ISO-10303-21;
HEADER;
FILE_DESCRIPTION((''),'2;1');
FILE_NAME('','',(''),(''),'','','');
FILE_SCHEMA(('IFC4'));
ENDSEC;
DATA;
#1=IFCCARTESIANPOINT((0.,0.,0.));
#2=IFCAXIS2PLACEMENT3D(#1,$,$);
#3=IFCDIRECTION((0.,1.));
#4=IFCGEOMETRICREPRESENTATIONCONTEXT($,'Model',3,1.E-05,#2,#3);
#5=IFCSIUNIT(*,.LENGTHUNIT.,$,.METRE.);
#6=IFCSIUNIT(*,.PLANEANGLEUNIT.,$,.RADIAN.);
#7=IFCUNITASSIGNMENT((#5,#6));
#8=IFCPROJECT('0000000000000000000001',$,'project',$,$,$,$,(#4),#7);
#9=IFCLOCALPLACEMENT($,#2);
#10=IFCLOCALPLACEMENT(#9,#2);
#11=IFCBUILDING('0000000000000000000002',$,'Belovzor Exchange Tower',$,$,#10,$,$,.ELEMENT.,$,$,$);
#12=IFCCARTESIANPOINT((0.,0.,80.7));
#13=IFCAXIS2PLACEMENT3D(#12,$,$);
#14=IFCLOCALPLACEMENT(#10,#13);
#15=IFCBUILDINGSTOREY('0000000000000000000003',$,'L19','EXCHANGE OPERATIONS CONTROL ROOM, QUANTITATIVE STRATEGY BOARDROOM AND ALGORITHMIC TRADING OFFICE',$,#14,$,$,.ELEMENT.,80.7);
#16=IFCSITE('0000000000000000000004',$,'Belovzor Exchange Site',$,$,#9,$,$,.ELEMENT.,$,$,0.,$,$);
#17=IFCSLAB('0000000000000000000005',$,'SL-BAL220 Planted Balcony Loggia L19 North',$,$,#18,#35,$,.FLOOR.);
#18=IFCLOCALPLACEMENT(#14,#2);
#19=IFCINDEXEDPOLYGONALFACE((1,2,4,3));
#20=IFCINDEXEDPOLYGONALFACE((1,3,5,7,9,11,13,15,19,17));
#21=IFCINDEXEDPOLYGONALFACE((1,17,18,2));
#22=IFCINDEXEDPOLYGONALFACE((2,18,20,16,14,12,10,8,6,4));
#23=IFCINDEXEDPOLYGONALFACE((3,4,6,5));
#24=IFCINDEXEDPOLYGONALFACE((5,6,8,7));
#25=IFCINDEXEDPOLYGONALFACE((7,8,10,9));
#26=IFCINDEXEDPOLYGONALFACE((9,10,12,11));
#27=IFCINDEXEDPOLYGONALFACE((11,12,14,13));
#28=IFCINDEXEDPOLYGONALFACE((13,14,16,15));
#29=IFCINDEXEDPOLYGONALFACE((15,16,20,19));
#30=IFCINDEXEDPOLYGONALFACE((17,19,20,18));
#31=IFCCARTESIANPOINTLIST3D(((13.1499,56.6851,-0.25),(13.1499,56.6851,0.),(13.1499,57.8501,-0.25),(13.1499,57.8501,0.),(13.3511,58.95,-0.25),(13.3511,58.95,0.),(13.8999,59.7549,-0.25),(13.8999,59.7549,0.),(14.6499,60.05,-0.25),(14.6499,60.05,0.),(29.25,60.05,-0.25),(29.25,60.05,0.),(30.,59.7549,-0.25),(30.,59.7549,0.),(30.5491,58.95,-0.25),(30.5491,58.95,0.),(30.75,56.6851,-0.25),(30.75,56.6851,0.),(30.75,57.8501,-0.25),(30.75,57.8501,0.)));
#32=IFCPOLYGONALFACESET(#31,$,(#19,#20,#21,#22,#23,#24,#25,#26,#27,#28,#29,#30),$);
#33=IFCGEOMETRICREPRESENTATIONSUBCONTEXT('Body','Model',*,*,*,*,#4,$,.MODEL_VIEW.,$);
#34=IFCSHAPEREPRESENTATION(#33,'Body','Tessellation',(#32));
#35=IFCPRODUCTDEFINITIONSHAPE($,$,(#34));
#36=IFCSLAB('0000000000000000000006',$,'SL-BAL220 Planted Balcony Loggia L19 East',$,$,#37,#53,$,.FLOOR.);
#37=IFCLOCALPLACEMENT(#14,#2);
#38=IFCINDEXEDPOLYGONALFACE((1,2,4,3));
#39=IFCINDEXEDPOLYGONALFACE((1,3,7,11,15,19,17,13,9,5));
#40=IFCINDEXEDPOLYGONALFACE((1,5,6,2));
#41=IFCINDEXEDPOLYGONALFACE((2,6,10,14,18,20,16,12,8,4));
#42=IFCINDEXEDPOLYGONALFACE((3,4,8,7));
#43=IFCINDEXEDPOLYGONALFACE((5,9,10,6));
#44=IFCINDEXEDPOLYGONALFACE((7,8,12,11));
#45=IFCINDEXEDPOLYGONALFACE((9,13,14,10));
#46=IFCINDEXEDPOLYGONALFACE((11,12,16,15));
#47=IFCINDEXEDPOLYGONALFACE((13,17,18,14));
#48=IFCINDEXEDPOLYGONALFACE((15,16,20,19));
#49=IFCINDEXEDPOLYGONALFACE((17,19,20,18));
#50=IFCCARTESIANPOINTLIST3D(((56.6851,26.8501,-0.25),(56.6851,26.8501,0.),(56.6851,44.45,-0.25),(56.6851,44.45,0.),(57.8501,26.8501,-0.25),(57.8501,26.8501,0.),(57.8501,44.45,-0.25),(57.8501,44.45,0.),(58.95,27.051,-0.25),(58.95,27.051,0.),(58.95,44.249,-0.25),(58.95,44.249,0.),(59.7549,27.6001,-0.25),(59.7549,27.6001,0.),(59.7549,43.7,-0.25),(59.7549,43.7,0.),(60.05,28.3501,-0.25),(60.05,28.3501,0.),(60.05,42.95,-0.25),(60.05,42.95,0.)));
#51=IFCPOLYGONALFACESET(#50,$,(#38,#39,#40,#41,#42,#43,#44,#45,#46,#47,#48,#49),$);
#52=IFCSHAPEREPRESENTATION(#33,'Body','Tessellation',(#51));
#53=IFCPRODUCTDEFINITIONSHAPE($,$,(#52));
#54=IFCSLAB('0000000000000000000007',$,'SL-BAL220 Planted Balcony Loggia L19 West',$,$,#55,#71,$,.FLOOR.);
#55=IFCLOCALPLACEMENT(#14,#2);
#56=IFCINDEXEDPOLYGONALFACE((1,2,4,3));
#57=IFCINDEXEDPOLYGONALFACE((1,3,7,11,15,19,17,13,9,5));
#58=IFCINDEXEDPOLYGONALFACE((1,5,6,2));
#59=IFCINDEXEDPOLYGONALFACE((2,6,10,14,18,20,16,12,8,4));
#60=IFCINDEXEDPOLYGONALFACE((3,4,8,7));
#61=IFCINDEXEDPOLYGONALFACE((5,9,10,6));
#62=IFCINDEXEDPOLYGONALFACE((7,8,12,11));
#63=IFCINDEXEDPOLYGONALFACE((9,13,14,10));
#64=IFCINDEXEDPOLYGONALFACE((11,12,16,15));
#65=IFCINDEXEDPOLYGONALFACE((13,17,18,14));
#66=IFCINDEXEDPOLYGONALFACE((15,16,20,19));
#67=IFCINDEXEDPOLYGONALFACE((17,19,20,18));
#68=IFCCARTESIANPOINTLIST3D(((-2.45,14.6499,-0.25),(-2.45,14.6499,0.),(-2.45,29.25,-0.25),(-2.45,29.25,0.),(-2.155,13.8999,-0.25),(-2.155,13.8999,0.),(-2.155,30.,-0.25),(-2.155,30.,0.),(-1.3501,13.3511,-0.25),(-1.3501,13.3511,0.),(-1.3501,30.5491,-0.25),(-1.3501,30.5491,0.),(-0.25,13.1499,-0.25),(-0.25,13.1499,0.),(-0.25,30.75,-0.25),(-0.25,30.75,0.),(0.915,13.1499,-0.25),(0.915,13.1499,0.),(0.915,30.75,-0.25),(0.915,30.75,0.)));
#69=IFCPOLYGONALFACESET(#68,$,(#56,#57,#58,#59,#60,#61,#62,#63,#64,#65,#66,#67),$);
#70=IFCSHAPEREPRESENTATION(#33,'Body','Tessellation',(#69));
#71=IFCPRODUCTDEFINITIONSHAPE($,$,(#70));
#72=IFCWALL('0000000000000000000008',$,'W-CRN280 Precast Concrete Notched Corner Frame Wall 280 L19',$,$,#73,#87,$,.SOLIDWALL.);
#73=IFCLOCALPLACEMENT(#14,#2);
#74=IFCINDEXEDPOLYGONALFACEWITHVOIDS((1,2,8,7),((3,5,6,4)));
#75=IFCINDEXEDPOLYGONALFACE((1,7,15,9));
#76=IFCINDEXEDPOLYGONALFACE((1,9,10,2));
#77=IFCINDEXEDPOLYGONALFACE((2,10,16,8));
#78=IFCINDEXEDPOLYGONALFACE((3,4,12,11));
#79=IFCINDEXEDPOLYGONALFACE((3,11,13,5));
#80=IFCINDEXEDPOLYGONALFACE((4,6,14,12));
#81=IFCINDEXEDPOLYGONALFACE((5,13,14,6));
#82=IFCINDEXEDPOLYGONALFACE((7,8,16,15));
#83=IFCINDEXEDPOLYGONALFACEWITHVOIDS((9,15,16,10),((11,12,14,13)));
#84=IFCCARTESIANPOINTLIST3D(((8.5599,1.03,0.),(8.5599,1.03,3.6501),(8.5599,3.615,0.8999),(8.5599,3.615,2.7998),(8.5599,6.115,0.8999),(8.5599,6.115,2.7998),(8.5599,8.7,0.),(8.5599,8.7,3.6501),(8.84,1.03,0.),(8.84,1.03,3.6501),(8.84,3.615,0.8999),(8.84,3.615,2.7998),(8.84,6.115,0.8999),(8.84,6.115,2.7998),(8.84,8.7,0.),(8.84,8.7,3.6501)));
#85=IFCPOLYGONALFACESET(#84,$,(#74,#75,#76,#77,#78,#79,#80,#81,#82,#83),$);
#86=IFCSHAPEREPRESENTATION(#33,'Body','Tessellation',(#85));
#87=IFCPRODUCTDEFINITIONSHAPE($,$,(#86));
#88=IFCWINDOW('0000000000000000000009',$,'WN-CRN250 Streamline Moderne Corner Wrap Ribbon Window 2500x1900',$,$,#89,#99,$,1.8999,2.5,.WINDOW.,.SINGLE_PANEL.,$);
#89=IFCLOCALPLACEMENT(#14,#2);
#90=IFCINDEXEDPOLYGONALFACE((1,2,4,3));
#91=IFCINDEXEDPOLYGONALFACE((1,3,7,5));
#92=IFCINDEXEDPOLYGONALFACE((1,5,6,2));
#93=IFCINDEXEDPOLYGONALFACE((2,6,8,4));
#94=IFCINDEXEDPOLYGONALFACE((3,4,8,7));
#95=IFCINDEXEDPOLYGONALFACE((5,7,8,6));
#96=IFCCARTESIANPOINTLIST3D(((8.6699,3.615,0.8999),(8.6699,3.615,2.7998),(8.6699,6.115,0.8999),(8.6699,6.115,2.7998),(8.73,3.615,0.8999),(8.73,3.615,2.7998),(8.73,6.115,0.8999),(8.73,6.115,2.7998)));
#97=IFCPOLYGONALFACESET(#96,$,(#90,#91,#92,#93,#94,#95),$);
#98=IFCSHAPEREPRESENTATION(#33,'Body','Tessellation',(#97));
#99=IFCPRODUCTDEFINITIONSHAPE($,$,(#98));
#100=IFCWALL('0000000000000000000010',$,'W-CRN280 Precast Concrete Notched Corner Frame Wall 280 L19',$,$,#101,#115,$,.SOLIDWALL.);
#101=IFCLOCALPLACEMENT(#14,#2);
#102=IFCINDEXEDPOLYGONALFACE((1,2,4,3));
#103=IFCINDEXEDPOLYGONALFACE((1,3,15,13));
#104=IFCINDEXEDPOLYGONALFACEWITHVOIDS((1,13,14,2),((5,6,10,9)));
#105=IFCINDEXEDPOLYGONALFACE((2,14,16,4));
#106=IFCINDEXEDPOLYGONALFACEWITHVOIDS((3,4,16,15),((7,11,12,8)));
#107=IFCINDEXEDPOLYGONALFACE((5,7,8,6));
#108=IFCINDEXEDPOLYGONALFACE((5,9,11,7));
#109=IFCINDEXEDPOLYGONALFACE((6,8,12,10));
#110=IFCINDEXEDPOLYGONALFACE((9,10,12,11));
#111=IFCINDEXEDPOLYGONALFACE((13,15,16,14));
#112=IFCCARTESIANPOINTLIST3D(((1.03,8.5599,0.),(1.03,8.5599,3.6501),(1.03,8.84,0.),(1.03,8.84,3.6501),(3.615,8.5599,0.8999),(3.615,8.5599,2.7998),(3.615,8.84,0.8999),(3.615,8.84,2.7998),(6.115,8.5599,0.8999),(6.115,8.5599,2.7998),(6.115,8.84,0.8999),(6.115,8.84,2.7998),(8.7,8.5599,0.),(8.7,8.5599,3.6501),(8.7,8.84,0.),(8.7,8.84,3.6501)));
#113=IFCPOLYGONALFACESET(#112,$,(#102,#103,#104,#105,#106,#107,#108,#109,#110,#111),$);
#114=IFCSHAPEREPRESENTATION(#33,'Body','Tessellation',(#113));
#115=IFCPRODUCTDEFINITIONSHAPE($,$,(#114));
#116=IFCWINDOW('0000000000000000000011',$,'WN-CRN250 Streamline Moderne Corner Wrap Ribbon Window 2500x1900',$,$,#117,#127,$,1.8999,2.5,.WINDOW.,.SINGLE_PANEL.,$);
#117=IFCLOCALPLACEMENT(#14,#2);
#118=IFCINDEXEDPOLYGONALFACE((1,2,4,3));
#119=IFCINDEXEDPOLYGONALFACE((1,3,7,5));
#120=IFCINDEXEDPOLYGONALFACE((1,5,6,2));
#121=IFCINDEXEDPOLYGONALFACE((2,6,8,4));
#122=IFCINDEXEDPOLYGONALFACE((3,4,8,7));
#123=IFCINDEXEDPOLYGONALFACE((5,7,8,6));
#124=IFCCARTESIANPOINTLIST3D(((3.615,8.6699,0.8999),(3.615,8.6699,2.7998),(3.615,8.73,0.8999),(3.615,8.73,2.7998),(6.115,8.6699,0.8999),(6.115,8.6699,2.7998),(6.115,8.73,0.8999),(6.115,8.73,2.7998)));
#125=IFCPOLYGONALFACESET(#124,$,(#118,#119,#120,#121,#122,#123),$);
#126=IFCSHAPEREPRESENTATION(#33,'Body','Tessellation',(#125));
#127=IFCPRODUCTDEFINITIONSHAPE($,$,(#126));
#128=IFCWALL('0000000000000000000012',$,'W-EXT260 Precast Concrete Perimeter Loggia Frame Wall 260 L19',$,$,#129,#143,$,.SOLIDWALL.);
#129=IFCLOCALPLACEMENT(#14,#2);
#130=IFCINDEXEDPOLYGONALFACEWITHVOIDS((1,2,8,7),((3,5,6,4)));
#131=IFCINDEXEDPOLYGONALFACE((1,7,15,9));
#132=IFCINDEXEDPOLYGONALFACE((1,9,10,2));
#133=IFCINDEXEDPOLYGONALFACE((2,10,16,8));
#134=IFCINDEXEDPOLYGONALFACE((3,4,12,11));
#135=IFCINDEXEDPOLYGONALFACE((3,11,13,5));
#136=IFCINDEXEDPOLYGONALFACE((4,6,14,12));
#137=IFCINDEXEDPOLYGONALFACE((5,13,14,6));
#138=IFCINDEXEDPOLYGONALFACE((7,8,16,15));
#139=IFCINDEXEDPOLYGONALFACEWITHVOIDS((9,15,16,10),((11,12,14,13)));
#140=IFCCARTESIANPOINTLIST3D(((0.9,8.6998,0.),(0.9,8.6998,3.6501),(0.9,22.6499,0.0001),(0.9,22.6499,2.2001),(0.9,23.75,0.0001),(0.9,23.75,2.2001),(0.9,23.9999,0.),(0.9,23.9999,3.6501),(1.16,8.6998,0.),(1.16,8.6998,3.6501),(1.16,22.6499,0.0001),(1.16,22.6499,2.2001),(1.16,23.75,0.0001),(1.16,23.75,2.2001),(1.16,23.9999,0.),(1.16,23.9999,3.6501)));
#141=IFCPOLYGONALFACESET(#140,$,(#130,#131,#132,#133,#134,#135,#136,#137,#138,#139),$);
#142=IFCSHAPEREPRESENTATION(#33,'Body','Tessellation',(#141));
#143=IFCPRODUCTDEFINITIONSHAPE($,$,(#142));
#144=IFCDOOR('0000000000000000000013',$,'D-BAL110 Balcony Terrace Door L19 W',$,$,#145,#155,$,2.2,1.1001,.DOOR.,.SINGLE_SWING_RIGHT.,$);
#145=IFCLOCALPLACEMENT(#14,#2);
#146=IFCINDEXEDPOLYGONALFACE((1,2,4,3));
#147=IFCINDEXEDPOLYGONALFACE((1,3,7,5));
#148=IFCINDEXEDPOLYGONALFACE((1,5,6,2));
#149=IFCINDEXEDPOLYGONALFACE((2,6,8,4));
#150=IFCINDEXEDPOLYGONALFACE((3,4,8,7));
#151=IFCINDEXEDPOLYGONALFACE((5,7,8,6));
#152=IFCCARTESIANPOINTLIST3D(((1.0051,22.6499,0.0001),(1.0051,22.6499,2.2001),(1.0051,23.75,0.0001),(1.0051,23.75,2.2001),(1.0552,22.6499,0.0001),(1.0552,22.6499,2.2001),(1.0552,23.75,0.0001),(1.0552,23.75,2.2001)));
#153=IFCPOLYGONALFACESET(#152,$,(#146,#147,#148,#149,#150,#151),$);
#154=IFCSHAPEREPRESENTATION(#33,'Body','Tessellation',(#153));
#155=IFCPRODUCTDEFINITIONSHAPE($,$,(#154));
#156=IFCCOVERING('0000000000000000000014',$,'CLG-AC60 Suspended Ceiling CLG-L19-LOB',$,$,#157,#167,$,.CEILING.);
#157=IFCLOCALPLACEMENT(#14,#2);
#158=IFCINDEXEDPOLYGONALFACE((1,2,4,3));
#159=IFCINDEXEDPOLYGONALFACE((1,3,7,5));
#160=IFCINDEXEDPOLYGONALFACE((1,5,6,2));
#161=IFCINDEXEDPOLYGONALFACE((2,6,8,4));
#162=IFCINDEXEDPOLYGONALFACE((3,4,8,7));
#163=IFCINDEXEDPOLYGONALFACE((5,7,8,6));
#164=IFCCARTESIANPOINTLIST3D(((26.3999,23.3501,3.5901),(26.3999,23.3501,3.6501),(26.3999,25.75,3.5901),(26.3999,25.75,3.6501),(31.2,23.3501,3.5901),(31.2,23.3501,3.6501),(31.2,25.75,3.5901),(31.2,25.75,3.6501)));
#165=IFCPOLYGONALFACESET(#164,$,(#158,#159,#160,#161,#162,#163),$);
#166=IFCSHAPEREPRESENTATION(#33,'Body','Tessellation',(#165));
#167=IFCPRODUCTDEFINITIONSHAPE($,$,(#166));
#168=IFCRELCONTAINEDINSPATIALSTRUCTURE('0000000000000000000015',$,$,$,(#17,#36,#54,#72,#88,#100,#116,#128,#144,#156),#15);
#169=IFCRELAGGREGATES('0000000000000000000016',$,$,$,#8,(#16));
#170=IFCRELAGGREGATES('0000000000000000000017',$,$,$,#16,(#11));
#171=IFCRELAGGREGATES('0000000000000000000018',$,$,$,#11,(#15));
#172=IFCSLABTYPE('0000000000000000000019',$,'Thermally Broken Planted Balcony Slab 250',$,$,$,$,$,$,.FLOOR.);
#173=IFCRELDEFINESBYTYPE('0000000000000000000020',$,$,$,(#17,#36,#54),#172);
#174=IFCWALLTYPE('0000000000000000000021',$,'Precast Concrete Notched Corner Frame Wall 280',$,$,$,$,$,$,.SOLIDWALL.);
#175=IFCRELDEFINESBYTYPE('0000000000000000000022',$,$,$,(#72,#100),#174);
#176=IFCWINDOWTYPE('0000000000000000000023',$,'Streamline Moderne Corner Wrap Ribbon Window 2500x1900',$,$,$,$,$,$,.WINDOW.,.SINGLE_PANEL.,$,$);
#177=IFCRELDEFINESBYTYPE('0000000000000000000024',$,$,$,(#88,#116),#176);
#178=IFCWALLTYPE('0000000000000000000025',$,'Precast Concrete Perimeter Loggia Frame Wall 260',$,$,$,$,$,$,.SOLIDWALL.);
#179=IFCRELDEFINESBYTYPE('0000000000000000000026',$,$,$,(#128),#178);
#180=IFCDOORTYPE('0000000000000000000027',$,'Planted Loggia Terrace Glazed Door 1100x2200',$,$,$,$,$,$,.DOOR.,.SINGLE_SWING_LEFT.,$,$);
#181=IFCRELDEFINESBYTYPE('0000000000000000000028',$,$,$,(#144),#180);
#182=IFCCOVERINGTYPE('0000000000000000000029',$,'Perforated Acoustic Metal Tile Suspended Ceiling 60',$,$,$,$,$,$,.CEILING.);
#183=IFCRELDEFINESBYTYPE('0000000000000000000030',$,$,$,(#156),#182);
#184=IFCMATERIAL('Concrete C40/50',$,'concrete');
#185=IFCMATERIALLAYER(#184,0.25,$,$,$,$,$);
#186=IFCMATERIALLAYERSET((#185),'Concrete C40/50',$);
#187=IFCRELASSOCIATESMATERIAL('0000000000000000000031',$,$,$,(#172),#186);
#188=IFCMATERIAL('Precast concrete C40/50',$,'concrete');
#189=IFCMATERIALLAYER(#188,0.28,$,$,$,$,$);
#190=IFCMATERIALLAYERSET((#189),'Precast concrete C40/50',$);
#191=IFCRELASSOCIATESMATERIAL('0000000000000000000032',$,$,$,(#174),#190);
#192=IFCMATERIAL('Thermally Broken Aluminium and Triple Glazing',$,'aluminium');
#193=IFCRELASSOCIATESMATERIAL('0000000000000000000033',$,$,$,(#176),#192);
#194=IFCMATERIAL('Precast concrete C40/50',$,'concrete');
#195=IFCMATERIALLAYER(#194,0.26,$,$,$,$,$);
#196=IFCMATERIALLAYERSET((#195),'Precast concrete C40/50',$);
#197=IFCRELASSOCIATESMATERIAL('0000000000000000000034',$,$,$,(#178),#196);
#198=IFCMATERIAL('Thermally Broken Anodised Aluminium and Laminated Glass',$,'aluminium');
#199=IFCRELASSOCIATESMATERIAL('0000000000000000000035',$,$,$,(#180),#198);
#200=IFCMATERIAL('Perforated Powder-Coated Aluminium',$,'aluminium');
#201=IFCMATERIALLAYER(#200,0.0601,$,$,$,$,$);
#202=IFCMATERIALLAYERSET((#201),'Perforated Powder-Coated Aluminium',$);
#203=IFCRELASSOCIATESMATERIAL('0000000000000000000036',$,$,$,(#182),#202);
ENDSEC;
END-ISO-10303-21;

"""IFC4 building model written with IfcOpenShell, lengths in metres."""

from ifc_helpers import new_model, si_unit, direction, frame, frame_2d, origin, place, context, subcontext, project, spatial, polyline, rectangle, outline, extrude, material, layer, layer_set, type_object, element, fill, save


model = new_model("IFC4")

# Units and contexts
model_context = context("Model", 3, precision=1e-05, world=origin(), true_north=direction((0.0, 1.0)))
body_context = subcontext(model_context, "Body", "Model", "MODEL_VIEW")
ifc_project = project(units=[si_unit("LENGTHUNIT", "METRE"), si_unit("PLANEANGLEUNIT", "RADIAN")], contexts=[model_context])

# Site, building, storey
site_placement = place(None, origin())
site = spatial("IfcSite", under=ifc_project, at=site_placement, Name="Belovzor Exchange Site", CompositionType="ELEMENT", RefElevation=0.0)
building_placement = place(site_placement, origin())
building = spatial("IfcBuilding", under=site, at=building_placement, Name="Belovzor Exchange Tower", CompositionType="ELEMENT")
storey_placement = place(building_placement, frame((0.0, 0.0, 80.7)))
storey = spatial("IfcBuildingStorey", under=building, at=storey_placement, Name="L19", Description="EXCHANGE OPERATIONS CONTROL ROOM, QUANTITATIVE STRATEGY BOARDROOM AND ALGORITHMIC TRADING OFFICE", CompositionType="ELEMENT", Elevation=80.7)

# Slabs
ifc_material_1 = material(Name="Concrete C40/50", Category="concrete")
ifc_layer_1 = layer(ifc_material_1, 0.25)
ifc_layer_set_1 = layer_set([ifc_layer_1], Name="Concrete C40/50")
slab_type_1 = type_object("IfcSlabType", Name="Thermally Broken Planted Balcony Slab 250", PredefinedType="FLOOR", material=ifc_layer_set_1)
slab_1_placement = place(storey_placement, frame((0.0, 0.0, -0.25)))
element("IfcSlab", 1, at=slab_1_placement, inside=storey, type_object=slab_type_1, Name="SL-BAL220 Planted Balcony Loggia L19 North", PredefinedType="FLOOR", context=body_context, shape_type="SweptSolid", body=[
    extrude(outline(polyline([(30.75, 56.6851), (30.75, 57.8501), (30.5491, 58.95), (30.0, 59.7549), (29.25, 60.05), (14.6499, 60.05), (13.8999, 59.7549), (13.3511, 58.95), (13.1499, 57.8501), (13.1499, 56.6851), (30.75, 56.6851)])), origin(), (0.0, 0.0, 1.0), 0.25),
])
slab_2_placement = place(storey_placement, frame((0.0, 0.0, -0.25)))
element("IfcSlab", 2, at=slab_2_placement, inside=storey, type_object=slab_type_1, Name="SL-BAL220 Planted Balcony Loggia L19 East", PredefinedType="FLOOR", context=body_context, shape_type="SweptSolid", body=[
    extrude(outline(polyline([(56.6851, 26.8501), (57.8501, 26.8501), (58.95, 27.051), (59.7549, 27.6001), (60.05, 28.3501), (60.05, 42.95), (59.7549, 43.7), (58.95, 44.249), (57.8501, 44.45), (56.6851, 44.45), (56.6851, 26.8501)])), origin(), (0.0, 0.0, 1.0), 0.25),
])
slab_3_placement = place(storey_placement, frame((0.0, 0.0, -0.25)))
element("IfcSlab", 3, at=slab_3_placement, inside=storey, type_object=slab_type_1, Name="SL-BAL220 Planted Balcony Loggia L19 West", PredefinedType="FLOOR", context=body_context, shape_type="SweptSolid", body=[
    extrude(outline(polyline([(0.915, 30.75), (-0.25, 30.75), (-1.3501, 30.5491), (-2.155, 30.0), (-2.45, 29.25), (-2.45, 14.6499), (-2.155, 13.8999), (-1.3501, 13.3511), (-0.25, 13.1499), (0.915, 13.1499), (0.915, 30.75)])), origin(), (0.0, 0.0, 1.0), 0.25),
])

# Walls, openings, windows
ifc_material_2 = material(Name="Precast concrete C40/50", Category="concrete")
ifc_layer_2 = layer(ifc_material_2, 0.28)
ifc_layer_set_2 = layer_set([ifc_layer_2], Name="Precast concrete C40/50")
wall_type_1 = type_object("IfcWallType", Name="Precast Concrete Notched Corner Frame Wall 280", PredefinedType="SOLIDWALL", material=ifc_layer_set_2)
wall_1_placement = place(storey_placement, frame((8.7, 1.03, 0.0), z_axis=(0.0, 0.0, 1.0), x_axis=(0.0, 1.0, 0.0)))
wall_1 = element("IfcWall", 4, at=wall_1_placement, inside=storey, type_object=wall_type_1, Name="W-CRN280 Precast Concrete Notched Corner Frame Wall 280 L19", PredefinedType="SOLIDWALL", context=body_context, shape_type="SweptSolid", body=[
    extrude(rectangle(XDim=7.6699, YDim=0.28, at=frame_2d((3.835, 0.0))), origin(), (0.0, 0.0, 1.0), 3.6501),
])
opening_1_placement = place(wall_1_placement, frame((2.585, 0.0, 0.8999)))
opening_1 = element("IfcOpeningElement", 5, at=opening_1_placement, cuts=wall_1, PredefinedType="OPENING", context=body_context, shape_type="SweptSolid", body=[
    extrude(rectangle(XDim=2.5, YDim=1.8999, at=frame_2d((1.25, 0.95))), frame((0.0, 0.1499, 0.0), z_axis=(0.0, -1.0, 0.0), x_axis=(1.0, 0.0, 0.0)), (0.0, 0.0, 1.0), 0.3),
])
ifc_material_3 = material(Name="Thermally Broken Aluminium and Triple Glazing", Category="aluminium")
window_type = type_object("IfcWindowType", Name="Streamline Moderne Corner Wrap Ribbon Window 2500x1900", PartitioningType="SINGLE_PANEL", PredefinedType="WINDOW", material=ifc_material_3)
window_1_placement = place(opening_1_placement, origin())
window_1 = element("IfcWindow", 6, at=window_1_placement, inside=storey, type_object=window_type, Name="WN-CRN250 Streamline Moderne Corner Wrap Ribbon Window 2500x1900", OverallHeight=1.8999, OverallWidth=2.5, PartitioningType="SINGLE_PANEL", PredefinedType="WINDOW", context=body_context, shape_type="SweptSolid", body=[
    extrude(rectangle(XDim=2.5, YDim=1.8999, at=frame_2d((1.25, 0.95))), frame((0.0, 0.03, 0.0), z_axis=(0.0, -1.0, 0.0), x_axis=(1.0, 0.0, 0.0)), (0.0, 0.0, 1.0), 0.0601),
])
fill(opening_1, window_1)
wall_2_placement = place(storey_placement, frame((8.7, 8.7, 0.0), z_axis=(0.0, 0.0, 1.0), x_axis=(-1.0, 0.0, 0.0)))
wall_2 = element("IfcWall", 7, at=wall_2_placement, inside=storey, type_object=wall_type_1, Name="W-CRN280 Precast Concrete Notched Corner Frame Wall 280 L19", PredefinedType="SOLIDWALL", context=body_context, shape_type="SweptSolid", body=[
    extrude(rectangle(XDim=7.6699, YDim=0.28, at=frame_2d((3.835, 0.0))), origin(), (0.0, 0.0, 1.0), 3.6501),
])
opening_2_placement = place(wall_2_placement, frame((2.585, 0.0, 0.8999)))
opening_2 = element("IfcOpeningElement", 8, at=opening_2_placement, cuts=wall_2, PredefinedType="OPENING", context=body_context, shape_type="SweptSolid", body=[
    extrude(rectangle(XDim=2.5, YDim=1.8999, at=frame_2d((1.25, 0.95))), frame((0.0, 0.1499, 0.0), z_axis=(0.0, -1.0, 0.0), x_axis=(1.0, 0.0, 0.0)), (0.0, 0.0, 1.0), 0.3),
])
window_2_placement = place(opening_2_placement, origin())
window_2 = element("IfcWindow", 9, at=window_2_placement, inside=storey, type_object=window_type, Name="WN-CRN250 Streamline Moderne Corner Wrap Ribbon Window 2500x1900", OverallHeight=1.8999, OverallWidth=2.5, PartitioningType="SINGLE_PANEL", PredefinedType="WINDOW", context=body_context, shape_type="SweptSolid", body=[
    extrude(rectangle(XDim=2.5, YDim=1.8999, at=frame_2d((1.25, 0.95))), frame((0.0, 0.03, 0.0), z_axis=(0.0, -1.0, 0.0), x_axis=(1.0, 0.0, 0.0)), (0.0, 0.0, 1.0), 0.0601),
])
fill(opening_2, window_2)

# Wall, opening, door
ifc_material_4 = material(Name="Precast concrete C40/50", Category="concrete")
ifc_layer_3 = layer(ifc_material_4, 0.26)
ifc_layer_set_3 = layer_set([ifc_layer_3], Name="Precast concrete C40/50")
wall_type_2 = type_object("IfcWallType", Name="Precast Concrete Perimeter Loggia Frame Wall 260", PredefinedType="SOLIDWALL", material=ifc_layer_set_3)
wall_3_placement = place(storey_placement, frame((1.03, 8.7, 0.0), z_axis=(0.0, 0.0, 1.0), x_axis=(0.0, 1.0, 0.0)))
wall_3 = element("IfcWall", 10, at=wall_3_placement, inside=storey, type_object=wall_type_2, Name="W-EXT260 Precast Concrete Perimeter Loggia Frame Wall 260 L19", PredefinedType="SOLIDWALL", context=body_context, shape_type="SweptSolid", body=[
    extrude(rectangle(XDim=15.3, YDim=0.26, at=frame_2d((7.6499, 0.0))), origin(), (0.0, 0.0, 1.0), 3.6501),
])
opening_3_placement = place(wall_3_placement, frame((13.95, 0.0, 0.0)))
opening_3 = element("IfcOpeningElement", 11, at=opening_3_placement, cuts=wall_3, PredefinedType="OPENING", context=body_context, shape_type="SweptSolid", body=[
    extrude(rectangle(XDim=1.1001, YDim=2.2, at=frame_2d((0.55, 1.1001))), frame((0.0, 0.1399, 0.0), z_axis=(0.0, -1.0, 0.0), x_axis=(1.0, 0.0, 0.0)), (0.0, 0.0, 1.0), 0.28),
])
ifc_material_5 = material(Name="Thermally Broken Anodised Aluminium and Laminated Glass", Category="aluminium")
door_type = type_object("IfcDoorType", Name="Planted Loggia Terrace Glazed Door 1100x2200", OperationType="SINGLE_SWING_LEFT", PredefinedType="DOOR", material=ifc_material_5)
door_placement = place(opening_3_placement, origin())
door = element("IfcDoor", 12, at=door_placement, inside=storey, type_object=door_type, Name="D-BAL110 Balcony Terrace Door L19 W", OperationType="SINGLE_SWING_RIGHT", OverallHeight=2.2, OverallWidth=1.1001, PredefinedType="DOOR", context=body_context, shape_type="SweptSolid", body=[
    extrude(rectangle(XDim=1.1001, YDim=2.2, at=frame_2d((0.55, 1.1001))), frame((0.0, 0.0249, 0.0), z_axis=(0.0, -1.0, 0.0), x_axis=(1.0, 0.0, 0.0)), (0.0, 0.0, 1.0), 0.05),
])
fill(opening_3, door)

# Covering
ifc_material_6 = material(Name="Perforated Powder-Coated Aluminium", Category="aluminium")
ifc_layer_4 = layer(ifc_material_6, 0.0601)
ifc_layer_set_4 = layer_set([ifc_layer_4], Name="Perforated Powder-Coated Aluminium")
covering_type_1 = type_object("IfcCoveringType", Name="Perforated Acoustic Metal Tile Suspended Ceiling 60", PredefinedType="CEILING", material=ifc_layer_set_4)
covering_1_placement = place(storey_placement, frame((0.0, 0.0, 3.5901)))
element("IfcCovering", 13, at=covering_1_placement, inside=storey, type_object=covering_type_1, Name="CLG-AC60 Suspended Ceiling CLG-L19-LOB", PredefinedType="CEILING", context=body_context, shape_type="SweptSolid", body=[
    extrude(outline(polyline([(26.3999, 23.3501), (31.2, 23.3501), (31.2, 25.75), (26.3999, 25.75), (26.3999, 23.3501)])), origin(), (0.0, 0.0, 1.0), 0.0601),
])

save(model, "model.ifc")
